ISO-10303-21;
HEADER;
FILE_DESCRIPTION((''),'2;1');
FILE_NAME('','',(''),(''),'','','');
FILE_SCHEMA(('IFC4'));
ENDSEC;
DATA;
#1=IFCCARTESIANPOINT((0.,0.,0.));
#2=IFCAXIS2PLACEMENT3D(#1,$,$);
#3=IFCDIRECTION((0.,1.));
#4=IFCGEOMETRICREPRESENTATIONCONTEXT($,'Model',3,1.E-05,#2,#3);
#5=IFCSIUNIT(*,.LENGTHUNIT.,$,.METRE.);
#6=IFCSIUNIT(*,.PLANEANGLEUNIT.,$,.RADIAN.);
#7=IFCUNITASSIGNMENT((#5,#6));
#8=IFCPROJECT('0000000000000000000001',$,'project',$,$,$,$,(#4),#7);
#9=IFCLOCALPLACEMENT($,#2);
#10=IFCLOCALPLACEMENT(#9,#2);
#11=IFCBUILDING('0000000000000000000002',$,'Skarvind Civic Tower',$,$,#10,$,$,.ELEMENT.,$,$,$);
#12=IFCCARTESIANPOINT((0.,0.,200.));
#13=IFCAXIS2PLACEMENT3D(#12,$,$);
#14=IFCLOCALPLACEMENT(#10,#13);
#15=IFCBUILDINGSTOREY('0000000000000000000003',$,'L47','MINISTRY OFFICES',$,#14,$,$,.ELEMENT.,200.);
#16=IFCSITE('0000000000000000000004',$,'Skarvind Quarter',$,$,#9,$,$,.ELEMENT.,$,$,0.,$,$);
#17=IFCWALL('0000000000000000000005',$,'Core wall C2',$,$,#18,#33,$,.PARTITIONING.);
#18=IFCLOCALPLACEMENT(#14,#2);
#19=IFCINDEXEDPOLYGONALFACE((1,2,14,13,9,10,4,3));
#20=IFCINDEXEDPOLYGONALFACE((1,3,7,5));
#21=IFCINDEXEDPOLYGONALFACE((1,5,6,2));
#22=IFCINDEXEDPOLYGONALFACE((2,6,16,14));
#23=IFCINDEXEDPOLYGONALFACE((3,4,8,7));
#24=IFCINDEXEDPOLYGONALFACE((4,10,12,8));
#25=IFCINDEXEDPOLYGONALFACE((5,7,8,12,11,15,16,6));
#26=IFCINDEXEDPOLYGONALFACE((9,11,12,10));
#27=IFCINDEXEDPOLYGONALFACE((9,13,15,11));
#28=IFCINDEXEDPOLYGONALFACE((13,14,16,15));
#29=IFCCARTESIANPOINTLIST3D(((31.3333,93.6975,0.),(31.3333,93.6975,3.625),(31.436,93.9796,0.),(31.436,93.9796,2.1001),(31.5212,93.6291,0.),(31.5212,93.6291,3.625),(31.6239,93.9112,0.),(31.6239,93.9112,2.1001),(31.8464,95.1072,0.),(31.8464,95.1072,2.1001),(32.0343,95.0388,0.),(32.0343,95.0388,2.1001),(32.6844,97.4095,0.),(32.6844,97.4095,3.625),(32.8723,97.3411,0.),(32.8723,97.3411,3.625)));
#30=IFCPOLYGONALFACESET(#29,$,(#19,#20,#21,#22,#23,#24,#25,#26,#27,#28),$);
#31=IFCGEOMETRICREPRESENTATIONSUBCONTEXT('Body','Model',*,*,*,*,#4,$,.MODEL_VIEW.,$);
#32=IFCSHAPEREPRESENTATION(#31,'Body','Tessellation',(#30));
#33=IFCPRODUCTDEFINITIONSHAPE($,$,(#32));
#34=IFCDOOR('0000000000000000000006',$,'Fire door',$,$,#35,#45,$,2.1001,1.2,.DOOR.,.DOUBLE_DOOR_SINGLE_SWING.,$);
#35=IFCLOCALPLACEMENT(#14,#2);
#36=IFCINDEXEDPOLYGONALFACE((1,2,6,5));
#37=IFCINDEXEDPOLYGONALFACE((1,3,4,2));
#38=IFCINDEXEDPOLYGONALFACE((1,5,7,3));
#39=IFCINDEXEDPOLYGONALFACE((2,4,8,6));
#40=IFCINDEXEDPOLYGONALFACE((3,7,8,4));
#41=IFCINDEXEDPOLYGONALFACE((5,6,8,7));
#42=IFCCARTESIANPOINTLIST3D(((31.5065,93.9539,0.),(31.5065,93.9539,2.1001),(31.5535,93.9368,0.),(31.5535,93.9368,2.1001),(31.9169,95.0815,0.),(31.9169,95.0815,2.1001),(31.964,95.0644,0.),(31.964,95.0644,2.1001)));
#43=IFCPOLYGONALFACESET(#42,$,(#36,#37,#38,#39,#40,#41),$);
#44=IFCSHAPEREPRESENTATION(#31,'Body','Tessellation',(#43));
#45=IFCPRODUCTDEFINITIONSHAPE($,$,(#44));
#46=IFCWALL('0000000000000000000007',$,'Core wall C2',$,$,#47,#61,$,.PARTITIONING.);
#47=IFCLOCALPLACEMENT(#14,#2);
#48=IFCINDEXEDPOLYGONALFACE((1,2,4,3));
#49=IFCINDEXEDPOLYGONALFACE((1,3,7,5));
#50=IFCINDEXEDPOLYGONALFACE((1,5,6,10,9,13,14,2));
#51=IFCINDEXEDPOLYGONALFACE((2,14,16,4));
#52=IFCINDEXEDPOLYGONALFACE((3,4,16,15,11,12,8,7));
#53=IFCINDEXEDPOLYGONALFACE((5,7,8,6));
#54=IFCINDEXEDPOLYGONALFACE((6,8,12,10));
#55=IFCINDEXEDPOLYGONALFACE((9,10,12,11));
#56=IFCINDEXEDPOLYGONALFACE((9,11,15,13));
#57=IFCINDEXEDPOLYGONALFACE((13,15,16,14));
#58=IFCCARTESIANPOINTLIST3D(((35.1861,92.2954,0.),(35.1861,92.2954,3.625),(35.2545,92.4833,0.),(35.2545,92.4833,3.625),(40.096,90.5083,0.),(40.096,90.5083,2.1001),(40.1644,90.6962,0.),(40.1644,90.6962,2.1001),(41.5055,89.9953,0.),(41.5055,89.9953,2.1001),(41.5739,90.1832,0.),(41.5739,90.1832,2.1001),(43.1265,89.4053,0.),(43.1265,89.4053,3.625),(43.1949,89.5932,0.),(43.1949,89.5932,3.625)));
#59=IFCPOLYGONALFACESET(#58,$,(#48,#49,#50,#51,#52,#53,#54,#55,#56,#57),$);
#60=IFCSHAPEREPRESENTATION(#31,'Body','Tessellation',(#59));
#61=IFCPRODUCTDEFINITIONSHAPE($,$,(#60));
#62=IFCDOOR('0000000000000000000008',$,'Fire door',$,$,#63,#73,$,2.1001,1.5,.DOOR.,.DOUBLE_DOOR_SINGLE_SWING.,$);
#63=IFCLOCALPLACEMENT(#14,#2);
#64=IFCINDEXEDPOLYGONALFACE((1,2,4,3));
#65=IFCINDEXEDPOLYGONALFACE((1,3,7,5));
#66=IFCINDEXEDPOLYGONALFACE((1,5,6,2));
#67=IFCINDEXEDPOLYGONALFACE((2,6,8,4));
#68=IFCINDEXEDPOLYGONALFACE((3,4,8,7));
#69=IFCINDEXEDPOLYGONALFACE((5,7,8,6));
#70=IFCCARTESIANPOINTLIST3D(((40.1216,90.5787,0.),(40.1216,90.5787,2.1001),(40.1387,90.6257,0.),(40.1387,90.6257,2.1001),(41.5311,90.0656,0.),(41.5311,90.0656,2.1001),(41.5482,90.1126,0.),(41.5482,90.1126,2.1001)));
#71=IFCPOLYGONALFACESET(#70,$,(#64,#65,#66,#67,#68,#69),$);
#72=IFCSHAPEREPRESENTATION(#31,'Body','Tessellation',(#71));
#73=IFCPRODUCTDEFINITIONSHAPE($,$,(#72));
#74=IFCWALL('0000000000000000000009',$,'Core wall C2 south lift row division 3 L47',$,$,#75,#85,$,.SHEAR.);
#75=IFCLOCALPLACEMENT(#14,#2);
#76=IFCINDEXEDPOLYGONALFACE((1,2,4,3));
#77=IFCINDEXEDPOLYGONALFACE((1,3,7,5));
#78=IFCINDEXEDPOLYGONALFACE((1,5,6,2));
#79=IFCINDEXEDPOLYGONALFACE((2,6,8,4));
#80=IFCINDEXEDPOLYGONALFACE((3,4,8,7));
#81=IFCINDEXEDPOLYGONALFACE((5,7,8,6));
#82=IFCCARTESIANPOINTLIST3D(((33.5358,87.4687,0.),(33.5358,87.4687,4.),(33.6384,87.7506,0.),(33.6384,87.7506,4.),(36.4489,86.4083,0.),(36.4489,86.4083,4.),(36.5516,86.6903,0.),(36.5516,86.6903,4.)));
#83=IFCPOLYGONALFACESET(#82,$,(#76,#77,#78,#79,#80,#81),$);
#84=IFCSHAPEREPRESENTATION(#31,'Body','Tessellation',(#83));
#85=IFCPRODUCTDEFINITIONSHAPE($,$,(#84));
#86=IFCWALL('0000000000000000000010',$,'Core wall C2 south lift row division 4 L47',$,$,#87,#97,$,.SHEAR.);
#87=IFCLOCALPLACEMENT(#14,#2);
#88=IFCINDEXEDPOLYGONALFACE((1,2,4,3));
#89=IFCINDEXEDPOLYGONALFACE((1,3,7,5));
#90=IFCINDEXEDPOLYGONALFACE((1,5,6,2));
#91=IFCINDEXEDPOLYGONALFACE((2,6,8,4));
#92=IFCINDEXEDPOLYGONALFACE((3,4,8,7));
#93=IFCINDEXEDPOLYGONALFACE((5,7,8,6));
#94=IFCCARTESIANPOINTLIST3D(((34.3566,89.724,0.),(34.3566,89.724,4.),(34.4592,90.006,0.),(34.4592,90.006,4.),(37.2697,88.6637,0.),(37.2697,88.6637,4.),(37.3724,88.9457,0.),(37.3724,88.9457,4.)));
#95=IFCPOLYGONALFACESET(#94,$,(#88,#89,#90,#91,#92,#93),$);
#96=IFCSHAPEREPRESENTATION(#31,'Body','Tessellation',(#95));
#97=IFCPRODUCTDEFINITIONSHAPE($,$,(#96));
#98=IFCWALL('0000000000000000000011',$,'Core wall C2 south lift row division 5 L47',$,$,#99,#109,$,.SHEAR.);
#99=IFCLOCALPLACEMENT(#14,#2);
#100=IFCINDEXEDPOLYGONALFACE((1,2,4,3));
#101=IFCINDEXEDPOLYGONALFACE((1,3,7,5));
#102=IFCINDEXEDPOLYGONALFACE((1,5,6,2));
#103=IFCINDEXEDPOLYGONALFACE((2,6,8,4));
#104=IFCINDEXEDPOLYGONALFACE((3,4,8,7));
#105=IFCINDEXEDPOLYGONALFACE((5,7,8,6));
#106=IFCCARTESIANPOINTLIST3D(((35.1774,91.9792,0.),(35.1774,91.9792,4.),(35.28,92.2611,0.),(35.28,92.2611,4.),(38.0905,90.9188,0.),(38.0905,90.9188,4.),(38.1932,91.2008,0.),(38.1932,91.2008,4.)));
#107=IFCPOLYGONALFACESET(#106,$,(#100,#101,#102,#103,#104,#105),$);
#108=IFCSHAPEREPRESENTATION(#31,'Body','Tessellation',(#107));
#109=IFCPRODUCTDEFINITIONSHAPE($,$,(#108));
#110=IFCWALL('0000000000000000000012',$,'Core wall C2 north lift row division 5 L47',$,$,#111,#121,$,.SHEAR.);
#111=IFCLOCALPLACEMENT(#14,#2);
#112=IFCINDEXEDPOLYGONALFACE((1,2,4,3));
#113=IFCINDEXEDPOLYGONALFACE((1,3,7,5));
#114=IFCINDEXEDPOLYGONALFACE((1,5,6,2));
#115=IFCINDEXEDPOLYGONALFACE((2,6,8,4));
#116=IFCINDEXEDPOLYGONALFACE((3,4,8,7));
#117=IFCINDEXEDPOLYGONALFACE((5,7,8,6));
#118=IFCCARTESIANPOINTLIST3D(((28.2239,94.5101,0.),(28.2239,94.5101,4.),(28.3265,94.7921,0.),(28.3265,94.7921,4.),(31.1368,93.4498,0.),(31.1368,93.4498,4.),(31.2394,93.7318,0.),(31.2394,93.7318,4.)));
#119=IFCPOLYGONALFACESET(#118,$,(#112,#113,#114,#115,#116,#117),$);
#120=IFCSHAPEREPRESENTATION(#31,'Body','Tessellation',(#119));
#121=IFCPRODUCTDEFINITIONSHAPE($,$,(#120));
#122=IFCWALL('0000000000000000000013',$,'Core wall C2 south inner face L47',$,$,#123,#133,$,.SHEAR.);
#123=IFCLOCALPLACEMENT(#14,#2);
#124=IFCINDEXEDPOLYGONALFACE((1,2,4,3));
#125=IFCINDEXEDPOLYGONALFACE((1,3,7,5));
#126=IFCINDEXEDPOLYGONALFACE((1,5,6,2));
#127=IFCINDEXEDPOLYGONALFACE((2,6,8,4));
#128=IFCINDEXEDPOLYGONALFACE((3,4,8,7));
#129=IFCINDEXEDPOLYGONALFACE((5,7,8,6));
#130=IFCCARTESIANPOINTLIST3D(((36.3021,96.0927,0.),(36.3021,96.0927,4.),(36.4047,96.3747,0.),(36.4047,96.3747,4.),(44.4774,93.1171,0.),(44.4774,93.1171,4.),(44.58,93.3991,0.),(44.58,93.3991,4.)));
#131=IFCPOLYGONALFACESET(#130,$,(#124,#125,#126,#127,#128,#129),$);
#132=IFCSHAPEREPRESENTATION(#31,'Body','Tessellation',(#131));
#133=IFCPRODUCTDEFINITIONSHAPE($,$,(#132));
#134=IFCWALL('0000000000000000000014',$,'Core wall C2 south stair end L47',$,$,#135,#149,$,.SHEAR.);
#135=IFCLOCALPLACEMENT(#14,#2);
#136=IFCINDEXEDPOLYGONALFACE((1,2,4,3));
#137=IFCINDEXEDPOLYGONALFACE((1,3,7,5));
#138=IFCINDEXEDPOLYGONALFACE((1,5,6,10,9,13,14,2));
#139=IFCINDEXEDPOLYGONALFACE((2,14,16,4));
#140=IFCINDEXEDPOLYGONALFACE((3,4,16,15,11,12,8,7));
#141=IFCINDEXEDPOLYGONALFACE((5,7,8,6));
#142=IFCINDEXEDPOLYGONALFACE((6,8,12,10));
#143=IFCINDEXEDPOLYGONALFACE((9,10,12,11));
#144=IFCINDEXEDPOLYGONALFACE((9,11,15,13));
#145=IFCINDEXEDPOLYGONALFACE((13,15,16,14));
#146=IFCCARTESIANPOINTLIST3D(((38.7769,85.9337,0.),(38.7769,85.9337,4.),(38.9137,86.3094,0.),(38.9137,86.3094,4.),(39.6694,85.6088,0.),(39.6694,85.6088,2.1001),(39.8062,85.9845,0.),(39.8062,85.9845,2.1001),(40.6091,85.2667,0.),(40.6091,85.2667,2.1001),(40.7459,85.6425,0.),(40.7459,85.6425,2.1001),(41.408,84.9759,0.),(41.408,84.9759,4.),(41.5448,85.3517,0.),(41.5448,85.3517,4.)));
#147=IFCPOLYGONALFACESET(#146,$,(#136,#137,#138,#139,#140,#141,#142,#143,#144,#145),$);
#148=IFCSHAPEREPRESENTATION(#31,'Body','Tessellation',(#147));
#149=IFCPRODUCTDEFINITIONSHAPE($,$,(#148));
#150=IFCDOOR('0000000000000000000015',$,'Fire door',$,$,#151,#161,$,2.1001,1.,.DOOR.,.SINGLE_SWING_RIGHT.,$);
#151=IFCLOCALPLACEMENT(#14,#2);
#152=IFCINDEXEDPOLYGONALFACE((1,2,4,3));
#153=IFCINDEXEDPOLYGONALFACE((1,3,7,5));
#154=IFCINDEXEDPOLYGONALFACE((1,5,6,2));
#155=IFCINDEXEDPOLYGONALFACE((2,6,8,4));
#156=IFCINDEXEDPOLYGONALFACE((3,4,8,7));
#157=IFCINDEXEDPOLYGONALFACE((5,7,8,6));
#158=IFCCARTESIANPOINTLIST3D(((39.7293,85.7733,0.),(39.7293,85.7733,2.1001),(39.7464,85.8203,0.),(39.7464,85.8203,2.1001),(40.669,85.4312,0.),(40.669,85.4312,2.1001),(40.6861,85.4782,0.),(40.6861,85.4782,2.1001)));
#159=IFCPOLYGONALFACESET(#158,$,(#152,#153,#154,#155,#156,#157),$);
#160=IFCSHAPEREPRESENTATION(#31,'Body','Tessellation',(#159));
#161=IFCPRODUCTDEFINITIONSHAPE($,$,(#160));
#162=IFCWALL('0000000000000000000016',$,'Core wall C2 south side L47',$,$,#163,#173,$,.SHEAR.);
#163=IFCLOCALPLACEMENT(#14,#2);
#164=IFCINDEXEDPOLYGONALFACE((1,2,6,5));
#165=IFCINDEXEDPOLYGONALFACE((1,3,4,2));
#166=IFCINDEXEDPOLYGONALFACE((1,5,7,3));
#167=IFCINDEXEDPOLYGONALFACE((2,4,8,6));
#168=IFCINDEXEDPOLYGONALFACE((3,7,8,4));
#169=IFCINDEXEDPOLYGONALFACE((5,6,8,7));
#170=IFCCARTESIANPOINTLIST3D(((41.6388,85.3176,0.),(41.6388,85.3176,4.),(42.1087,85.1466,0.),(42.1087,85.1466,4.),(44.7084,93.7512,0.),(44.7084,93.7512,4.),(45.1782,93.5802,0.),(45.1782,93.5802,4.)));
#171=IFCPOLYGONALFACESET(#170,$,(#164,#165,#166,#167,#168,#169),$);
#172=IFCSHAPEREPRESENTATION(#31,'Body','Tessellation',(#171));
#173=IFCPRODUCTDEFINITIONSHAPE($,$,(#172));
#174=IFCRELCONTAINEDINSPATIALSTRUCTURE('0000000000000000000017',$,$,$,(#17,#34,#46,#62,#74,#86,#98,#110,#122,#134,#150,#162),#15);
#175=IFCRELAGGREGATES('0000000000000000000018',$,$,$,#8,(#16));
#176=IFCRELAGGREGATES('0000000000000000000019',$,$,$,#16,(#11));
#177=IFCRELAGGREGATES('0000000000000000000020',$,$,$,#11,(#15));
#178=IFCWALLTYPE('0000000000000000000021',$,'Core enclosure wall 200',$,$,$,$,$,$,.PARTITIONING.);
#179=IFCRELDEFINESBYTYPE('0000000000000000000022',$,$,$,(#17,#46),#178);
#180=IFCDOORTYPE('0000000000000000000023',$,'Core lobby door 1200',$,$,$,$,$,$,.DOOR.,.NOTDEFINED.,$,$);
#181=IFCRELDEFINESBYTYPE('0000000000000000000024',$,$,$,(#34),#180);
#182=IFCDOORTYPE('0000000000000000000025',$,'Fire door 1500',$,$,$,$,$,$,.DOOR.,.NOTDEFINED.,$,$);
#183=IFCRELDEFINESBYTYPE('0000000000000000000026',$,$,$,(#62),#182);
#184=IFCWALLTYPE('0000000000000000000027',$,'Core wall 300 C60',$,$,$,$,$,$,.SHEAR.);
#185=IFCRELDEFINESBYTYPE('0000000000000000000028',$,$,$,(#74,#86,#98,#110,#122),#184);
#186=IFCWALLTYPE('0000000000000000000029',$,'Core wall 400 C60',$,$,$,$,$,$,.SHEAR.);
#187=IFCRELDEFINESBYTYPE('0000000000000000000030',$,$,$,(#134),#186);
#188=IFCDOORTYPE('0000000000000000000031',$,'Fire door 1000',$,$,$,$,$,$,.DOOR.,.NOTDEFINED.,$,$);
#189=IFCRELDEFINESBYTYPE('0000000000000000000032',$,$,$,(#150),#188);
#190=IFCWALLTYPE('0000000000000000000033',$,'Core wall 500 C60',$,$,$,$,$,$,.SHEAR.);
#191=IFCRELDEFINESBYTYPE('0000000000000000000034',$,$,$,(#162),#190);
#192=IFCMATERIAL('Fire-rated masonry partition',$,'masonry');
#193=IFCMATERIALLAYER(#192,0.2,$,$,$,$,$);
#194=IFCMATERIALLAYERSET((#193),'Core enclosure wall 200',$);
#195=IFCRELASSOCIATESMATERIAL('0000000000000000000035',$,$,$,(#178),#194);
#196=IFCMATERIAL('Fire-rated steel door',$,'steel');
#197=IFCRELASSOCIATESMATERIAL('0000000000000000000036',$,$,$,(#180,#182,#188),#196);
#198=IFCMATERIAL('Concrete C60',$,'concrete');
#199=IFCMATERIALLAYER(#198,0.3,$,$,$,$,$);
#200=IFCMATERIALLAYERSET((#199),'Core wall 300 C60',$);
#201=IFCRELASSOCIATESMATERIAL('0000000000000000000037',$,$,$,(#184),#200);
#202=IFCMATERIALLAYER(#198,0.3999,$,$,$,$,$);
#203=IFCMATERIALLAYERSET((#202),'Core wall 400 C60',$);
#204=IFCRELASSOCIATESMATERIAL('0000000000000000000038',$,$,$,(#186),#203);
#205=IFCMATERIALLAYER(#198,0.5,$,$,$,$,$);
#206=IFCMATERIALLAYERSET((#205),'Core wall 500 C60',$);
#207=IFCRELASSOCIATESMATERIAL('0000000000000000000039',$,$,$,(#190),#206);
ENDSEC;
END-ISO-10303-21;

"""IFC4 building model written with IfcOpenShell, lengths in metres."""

from ifc_helpers import new_model, si_unit, direction, frame, frame_2d, origin, place, context, subcontext, project, spatial, rectangle, extrude, material, layer, layer_set, type_object, element, fill, save


model = new_model("IFC4")

# Units and contexts
model_context = context("Model", 3, precision=1e-05, world=origin(), true_north=direction((0.0, 1.0)))
body_context = subcontext(model_context, "Body", "Model", "MODEL_VIEW")
ifc_project = project(units=[si_unit("LENGTHUNIT", "METRE"), si_unit("PLANEANGLEUNIT", "RADIAN")], contexts=[model_context])

# Site, building, storey
site_placement = place(None, origin())
site = spatial("IfcSite", under=ifc_project, at=site_placement, Name="Skarvind Quarter", CompositionType="ELEMENT", RefElevation=0.0)
building_placement = place(site_placement, origin())
building = spatial("IfcBuilding", under=site, at=building_placement, Name="Skarvind Civic Tower", CompositionType="ELEMENT")
storey_placement = place(building_placement, frame((0.0, 0.0, 200.0)))
storey = spatial("IfcBuildingStorey", under=building, at=storey_placement, Name="L47", Description="MINISTRY OFFICES", CompositionType="ELEMENT", Elevation=200.0)

# Walls, openings, doors
ifc_material_1 = material(Name="Fire-rated masonry partition", Category="masonry")
ifc_layer_1 = layer(ifc_material_1, 0.2)
ifc_layer_set_1 = layer_set([ifc_layer_1], Name="Core enclosure wall 200")
wall_type_1 = type_object("IfcWallType", Name="Core enclosure wall 200", PredefinedType="PARTITIONING", material=ifc_layer_set_1)
wall_1_placement = place(storey_placement, frame((31.4272, 93.6633, 0.0), z_axis=(0.0, 0.0, 1.0), x_axis=(0.342031, 0.939689, 0.0)))
wall_1 = element("IfcWall", 1, at=wall_1_placement, inside=storey, type_object=wall_type_1, Name="Core wall C2", PredefinedType="PARTITIONING", context=body_context, shape_type="SweptSolid", body=[
    extrude(rectangle(XDim=3.9502, YDim=0.2, at=frame_2d((1.9751, 0.0))), origin(), (0.0, 0.0, 1.0), 3.625),
])
opening_1_placement = place(wall_1_placement, frame((0.3, 0.0, 0.0)))
opening_1 = element("IfcOpeningElement", 2, at=opening_1_placement, cuts=wall_1, PredefinedType="OPENING", context=body_context, shape_type="SweptSolid", body=[
    extrude(rectangle(XDim=1.2, YDim=2.1001, at=frame_2d((0.6001, 1.05))), frame((0.0, 0.1099, 0.0), z_axis=(0.0, -1.0, 0.0), x_axis=(1.0, 0.0, 0.0)), (0.0, 0.0, 1.0), 0.22),
])
ifc_material_2 = material(Name="Fire-rated steel door", Category="steel")
door_type_1 = type_object("IfcDoorType", Name="Core lobby door 1200", OperationType="NOTDEFINED", PredefinedType="DOOR", material=ifc_material_2)
door_1_placement = place(opening_1_placement, origin())
door_1 = element("IfcDoor", 3, at=door_1_placement, inside=storey, type_object=door_type_1, Name="Fire door", OperationType="DOUBLE_DOOR_SINGLE_SWING", OverallHeight=2.1001, OverallWidth=1.2, PredefinedType="DOOR", context=body_context, shape_type="SweptSolid", body=[
    extrude(rectangle(XDim=1.2, YDim=2.1001, at=frame_2d((0.6001, 1.05))), frame((0.0, 0.0249, 0.0), z_axis=(0.0, -1.0, 0.0), x_axis=(1.0, 0.0, 0.0)), (0.0, 0.0, 1.0), 0.05),
])
fill(opening_1, door_1)
wall_2_placement = place(storey_placement, frame((35.2202, 92.3894, 0.0), z_axis=(0.0, 0.0, 1.0), x_axis=(0.93969, -0.342026, 0.0)))
wall_2 = element("IfcWall", 4, at=wall_2_placement, inside=storey, type_object=wall_type_1, Name="Core wall C2", PredefinedType="PARTITIONING", context=body_context, shape_type="SweptSolid", body=[
    extrude(rectangle(XDim=8.45, YDim=0.2, at=frame_2d((4.2251, 0.0))), origin(), (0.0, 0.0, 1.0), 3.625),
])
opening_2_placement = place(wall_2_placement, frame((5.2251, 0.0, 0.0)))
opening_2 = element("IfcOpeningElement", 5, at=opening_2_placement, cuts=wall_2, PredefinedType="OPENING", context=body_context, shape_type="SweptSolid", body=[
    extrude(rectangle(XDim=1.5, YDim=2.1001, at=frame_2d((0.75, 1.05))), frame((0.0, 0.1099, 0.0), z_axis=(0.0, -1.0, 0.0), x_axis=(1.0, 0.0, 0.0)), (0.0, 0.0, 1.0), 0.22),
])
door_type_2 = type_object("IfcDoorType", Name="Fire door 1500", OperationType="NOTDEFINED", PredefinedType="DOOR", material=ifc_material_2)
door_2_placement = place(opening_2_placement, origin())
door_2 = element("IfcDoor", 6, at=door_2_placement, inside=storey, type_object=door_type_2, Name="Fire door", OperationType="DOUBLE_DOOR_SINGLE_SWING", OverallHeight=2.1001, OverallWidth=1.5, PredefinedType="DOOR", context=body_context, shape_type="SweptSolid", body=[
    extrude(rectangle(XDim=1.5, YDim=2.1001, at=frame_2d((0.75, 1.05))), frame((0.0, 0.0249, 0.0), z_axis=(0.0, -1.0, 0.0), x_axis=(1.0, 0.0, 0.0)), (0.0, 0.0, 1.0), 0.05),
])
fill(opening_2, door_2)

# Walls
ifc_material_3 = material(Name="Concrete C60", Category="concrete")
ifc_layer_2 = layer(ifc_material_3, 0.3)
ifc_layer_set_2 = layer_set([ifc_layer_2], Name="Core wall 300 C60")
wall_type_2 = type_object("IfcWallType", Name="Core wall 300 C60", PredefinedType="SHEAR", material=ifc_layer_set_2)
for number, where, z_axis, x_axis, name in (
    (7, (36.5002, 86.5493, 0.0), (0.0, 0.0, 1.0), (-0.93969, 0.342028, 0.0), "Core wall C2 south lift row division 3 L47"),
    (8, (37.321, 88.8047, 0.0), (0.0, 0.0, 1.0), (-0.93969, 0.342028, 0.0), "Core wall C2 south lift row division 4 L47"),
    (9, (38.1418, 91.0598, 0.0), (0.0, 0.0, 1.0), (-0.93969, 0.342028, 0.0), "Core wall C2 south lift row division 5 L47"),
):
    element("IfcWall", number, at=place(storey_placement, frame(where, z_axis=z_axis, x_axis=x_axis)), inside=storey, type_object=wall_type_2, Name=name, PredefinedType="SHEAR", context=body_context, shape_type="SweptSolid", body=[
        extrude(rectangle(XDim=3.1001, YDim=0.3, at=frame_2d((1.55, 0.0))), origin(), (0.0, 0.0, 1.0), 4.0),
    ])
wall_3_placement = place(storey_placement, frame((31.188, 93.5908, 0.0), z_axis=(0.0, 0.0, 1.0), x_axis=(-0.939681, 0.342053, 0.0)))
element("IfcWall", 10, at=wall_3_placement, inside=storey, type_object=wall_type_2, Name="Core wall C2 north lift row division 5 L47", PredefinedType="SHEAR", context=body_context, shape_type="SweptSolid", body=[
    extrude(rectangle(XDim=3.0999, YDim=0.3, at=frame_2d((1.5498, 0.0))), origin(), (0.0, 0.0, 1.0), 4.0),
])
wall_4_placement = place(storey_placement, frame((44.5288, 93.2581, 0.0), z_axis=(0.0, 0.0, 1.0), x_axis=(-0.939692, 0.342022, 0.0)))
element("IfcWall", 11, at=wall_4_placement, inside=storey, type_object=wall_type_2, Name="Core wall C2 south inner face L47", PredefinedType="SHEAR", context=body_context, shape_type="SweptSolid", body=[
    extrude(rectangle(XDim=8.7, YDim=0.3, at=frame_2d((4.3501, 0.0))), origin(), (0.0, 0.0, 1.0), 4.0),
])

# Wall, opening, door
ifc_layer_3 = layer(ifc_material_3, 0.3999)
ifc_layer_set_3 = layer_set([ifc_layer_3], Name="Core wall 400 C60")
wall_type_3 = type_object("IfcWallType", Name="Core wall 400 C60", PredefinedType="SHEAR", material=ifc_layer_set_3)
wall_5_placement = place(storey_placement, frame((41.4763, 85.1638, 0.0), z_axis=(0.0, 0.0, 1.0), x_axis=(-0.939679, 0.342058, 0.0)))
wall_5 = element("IfcWall", 12, at=wall_5_placement, inside=storey, type_object=wall_type_3, Name="Core wall C2 south stair end L47", PredefinedType="SHEAR", context=body_context, shape_type="SweptSolid", body=[
    extrude(rectangle(XDim=2.8, YDim=0.3999, at=frame_2d((1.3999, 0.0))), origin(), (0.0, 0.0, 1.0), 4.0),
])
opening_3_placement = place(wall_5_placement, frame((0.8501, 0.0, 0.0)))
opening_3 = element("IfcOpeningElement", 13, at=opening_3_placement, cuts=wall_5, PredefinedType="OPENING", context=body_context, shape_type="SweptSolid", body=[
    extrude(rectangle(XDim=1.0, YDim=2.1001, at=frame_2d((0.5, 1.05))), frame((0.0, 0.21, 0.0), z_axis=(0.0, -1.0, 0.0), x_axis=(1.0, 0.0, 0.0)), (0.0, 0.0, 1.0), 0.4199),
])
door_type_3 = type_object("IfcDoorType", Name="Fire door 1000", OperationType="NOTDEFINED", PredefinedType="DOOR", material=ifc_material_2)
door_3_placement = place(opening_3_placement, origin())
door_3 = element("IfcDoor", 14, at=door_3_placement, inside=storey, type_object=door_type_3, Name="Fire door", OperationType="SINGLE_SWING_RIGHT", OverallHeight=2.1001, OverallWidth=1.0, PredefinedType="DOOR", context=body_context, shape_type="SweptSolid", body=[
    extrude(rectangle(XDim=1.0, YDim=2.1001, at=frame_2d((0.5, 1.05))), frame((0.0, 0.0249, 0.0), z_axis=(0.0, -1.0, 0.0), x_axis=(1.0, 0.0, 0.0)), (0.0, 0.0, 1.0), 0.05),
])
fill(opening_3, door_3)

# Wall
ifc_layer_4 = layer(ifc_material_3, 0.5)
ifc_layer_set_4 = layer_set([ifc_layer_4], Name="Core wall 500 C60")
wall_type_4 = type_object("IfcWallType", Name="Core wall 500 C60", PredefinedType="SHEAR", material=ifc_layer_set_4)
wall_6_placement = place(storey_placement, frame((41.8738, 85.2322, 0.0), z_axis=(0.0, 0.0, 1.0), x_axis=(0.34202, 0.939693, 0.0)))
element("IfcWall", 15, at=wall_6_placement, inside=storey, type_object=wall_type_4, Name="Core wall C2 south side L47", PredefinedType="SHEAR", context=body_context, shape_type="SweptSolid", body=[
    extrude(rectangle(XDim=8.9749, YDim=0.5, at=frame_2d((4.4873, 0.0))), origin(), (0.0, 0.0, 1.0), 4.0),
])

save(model, "model.ifc")
